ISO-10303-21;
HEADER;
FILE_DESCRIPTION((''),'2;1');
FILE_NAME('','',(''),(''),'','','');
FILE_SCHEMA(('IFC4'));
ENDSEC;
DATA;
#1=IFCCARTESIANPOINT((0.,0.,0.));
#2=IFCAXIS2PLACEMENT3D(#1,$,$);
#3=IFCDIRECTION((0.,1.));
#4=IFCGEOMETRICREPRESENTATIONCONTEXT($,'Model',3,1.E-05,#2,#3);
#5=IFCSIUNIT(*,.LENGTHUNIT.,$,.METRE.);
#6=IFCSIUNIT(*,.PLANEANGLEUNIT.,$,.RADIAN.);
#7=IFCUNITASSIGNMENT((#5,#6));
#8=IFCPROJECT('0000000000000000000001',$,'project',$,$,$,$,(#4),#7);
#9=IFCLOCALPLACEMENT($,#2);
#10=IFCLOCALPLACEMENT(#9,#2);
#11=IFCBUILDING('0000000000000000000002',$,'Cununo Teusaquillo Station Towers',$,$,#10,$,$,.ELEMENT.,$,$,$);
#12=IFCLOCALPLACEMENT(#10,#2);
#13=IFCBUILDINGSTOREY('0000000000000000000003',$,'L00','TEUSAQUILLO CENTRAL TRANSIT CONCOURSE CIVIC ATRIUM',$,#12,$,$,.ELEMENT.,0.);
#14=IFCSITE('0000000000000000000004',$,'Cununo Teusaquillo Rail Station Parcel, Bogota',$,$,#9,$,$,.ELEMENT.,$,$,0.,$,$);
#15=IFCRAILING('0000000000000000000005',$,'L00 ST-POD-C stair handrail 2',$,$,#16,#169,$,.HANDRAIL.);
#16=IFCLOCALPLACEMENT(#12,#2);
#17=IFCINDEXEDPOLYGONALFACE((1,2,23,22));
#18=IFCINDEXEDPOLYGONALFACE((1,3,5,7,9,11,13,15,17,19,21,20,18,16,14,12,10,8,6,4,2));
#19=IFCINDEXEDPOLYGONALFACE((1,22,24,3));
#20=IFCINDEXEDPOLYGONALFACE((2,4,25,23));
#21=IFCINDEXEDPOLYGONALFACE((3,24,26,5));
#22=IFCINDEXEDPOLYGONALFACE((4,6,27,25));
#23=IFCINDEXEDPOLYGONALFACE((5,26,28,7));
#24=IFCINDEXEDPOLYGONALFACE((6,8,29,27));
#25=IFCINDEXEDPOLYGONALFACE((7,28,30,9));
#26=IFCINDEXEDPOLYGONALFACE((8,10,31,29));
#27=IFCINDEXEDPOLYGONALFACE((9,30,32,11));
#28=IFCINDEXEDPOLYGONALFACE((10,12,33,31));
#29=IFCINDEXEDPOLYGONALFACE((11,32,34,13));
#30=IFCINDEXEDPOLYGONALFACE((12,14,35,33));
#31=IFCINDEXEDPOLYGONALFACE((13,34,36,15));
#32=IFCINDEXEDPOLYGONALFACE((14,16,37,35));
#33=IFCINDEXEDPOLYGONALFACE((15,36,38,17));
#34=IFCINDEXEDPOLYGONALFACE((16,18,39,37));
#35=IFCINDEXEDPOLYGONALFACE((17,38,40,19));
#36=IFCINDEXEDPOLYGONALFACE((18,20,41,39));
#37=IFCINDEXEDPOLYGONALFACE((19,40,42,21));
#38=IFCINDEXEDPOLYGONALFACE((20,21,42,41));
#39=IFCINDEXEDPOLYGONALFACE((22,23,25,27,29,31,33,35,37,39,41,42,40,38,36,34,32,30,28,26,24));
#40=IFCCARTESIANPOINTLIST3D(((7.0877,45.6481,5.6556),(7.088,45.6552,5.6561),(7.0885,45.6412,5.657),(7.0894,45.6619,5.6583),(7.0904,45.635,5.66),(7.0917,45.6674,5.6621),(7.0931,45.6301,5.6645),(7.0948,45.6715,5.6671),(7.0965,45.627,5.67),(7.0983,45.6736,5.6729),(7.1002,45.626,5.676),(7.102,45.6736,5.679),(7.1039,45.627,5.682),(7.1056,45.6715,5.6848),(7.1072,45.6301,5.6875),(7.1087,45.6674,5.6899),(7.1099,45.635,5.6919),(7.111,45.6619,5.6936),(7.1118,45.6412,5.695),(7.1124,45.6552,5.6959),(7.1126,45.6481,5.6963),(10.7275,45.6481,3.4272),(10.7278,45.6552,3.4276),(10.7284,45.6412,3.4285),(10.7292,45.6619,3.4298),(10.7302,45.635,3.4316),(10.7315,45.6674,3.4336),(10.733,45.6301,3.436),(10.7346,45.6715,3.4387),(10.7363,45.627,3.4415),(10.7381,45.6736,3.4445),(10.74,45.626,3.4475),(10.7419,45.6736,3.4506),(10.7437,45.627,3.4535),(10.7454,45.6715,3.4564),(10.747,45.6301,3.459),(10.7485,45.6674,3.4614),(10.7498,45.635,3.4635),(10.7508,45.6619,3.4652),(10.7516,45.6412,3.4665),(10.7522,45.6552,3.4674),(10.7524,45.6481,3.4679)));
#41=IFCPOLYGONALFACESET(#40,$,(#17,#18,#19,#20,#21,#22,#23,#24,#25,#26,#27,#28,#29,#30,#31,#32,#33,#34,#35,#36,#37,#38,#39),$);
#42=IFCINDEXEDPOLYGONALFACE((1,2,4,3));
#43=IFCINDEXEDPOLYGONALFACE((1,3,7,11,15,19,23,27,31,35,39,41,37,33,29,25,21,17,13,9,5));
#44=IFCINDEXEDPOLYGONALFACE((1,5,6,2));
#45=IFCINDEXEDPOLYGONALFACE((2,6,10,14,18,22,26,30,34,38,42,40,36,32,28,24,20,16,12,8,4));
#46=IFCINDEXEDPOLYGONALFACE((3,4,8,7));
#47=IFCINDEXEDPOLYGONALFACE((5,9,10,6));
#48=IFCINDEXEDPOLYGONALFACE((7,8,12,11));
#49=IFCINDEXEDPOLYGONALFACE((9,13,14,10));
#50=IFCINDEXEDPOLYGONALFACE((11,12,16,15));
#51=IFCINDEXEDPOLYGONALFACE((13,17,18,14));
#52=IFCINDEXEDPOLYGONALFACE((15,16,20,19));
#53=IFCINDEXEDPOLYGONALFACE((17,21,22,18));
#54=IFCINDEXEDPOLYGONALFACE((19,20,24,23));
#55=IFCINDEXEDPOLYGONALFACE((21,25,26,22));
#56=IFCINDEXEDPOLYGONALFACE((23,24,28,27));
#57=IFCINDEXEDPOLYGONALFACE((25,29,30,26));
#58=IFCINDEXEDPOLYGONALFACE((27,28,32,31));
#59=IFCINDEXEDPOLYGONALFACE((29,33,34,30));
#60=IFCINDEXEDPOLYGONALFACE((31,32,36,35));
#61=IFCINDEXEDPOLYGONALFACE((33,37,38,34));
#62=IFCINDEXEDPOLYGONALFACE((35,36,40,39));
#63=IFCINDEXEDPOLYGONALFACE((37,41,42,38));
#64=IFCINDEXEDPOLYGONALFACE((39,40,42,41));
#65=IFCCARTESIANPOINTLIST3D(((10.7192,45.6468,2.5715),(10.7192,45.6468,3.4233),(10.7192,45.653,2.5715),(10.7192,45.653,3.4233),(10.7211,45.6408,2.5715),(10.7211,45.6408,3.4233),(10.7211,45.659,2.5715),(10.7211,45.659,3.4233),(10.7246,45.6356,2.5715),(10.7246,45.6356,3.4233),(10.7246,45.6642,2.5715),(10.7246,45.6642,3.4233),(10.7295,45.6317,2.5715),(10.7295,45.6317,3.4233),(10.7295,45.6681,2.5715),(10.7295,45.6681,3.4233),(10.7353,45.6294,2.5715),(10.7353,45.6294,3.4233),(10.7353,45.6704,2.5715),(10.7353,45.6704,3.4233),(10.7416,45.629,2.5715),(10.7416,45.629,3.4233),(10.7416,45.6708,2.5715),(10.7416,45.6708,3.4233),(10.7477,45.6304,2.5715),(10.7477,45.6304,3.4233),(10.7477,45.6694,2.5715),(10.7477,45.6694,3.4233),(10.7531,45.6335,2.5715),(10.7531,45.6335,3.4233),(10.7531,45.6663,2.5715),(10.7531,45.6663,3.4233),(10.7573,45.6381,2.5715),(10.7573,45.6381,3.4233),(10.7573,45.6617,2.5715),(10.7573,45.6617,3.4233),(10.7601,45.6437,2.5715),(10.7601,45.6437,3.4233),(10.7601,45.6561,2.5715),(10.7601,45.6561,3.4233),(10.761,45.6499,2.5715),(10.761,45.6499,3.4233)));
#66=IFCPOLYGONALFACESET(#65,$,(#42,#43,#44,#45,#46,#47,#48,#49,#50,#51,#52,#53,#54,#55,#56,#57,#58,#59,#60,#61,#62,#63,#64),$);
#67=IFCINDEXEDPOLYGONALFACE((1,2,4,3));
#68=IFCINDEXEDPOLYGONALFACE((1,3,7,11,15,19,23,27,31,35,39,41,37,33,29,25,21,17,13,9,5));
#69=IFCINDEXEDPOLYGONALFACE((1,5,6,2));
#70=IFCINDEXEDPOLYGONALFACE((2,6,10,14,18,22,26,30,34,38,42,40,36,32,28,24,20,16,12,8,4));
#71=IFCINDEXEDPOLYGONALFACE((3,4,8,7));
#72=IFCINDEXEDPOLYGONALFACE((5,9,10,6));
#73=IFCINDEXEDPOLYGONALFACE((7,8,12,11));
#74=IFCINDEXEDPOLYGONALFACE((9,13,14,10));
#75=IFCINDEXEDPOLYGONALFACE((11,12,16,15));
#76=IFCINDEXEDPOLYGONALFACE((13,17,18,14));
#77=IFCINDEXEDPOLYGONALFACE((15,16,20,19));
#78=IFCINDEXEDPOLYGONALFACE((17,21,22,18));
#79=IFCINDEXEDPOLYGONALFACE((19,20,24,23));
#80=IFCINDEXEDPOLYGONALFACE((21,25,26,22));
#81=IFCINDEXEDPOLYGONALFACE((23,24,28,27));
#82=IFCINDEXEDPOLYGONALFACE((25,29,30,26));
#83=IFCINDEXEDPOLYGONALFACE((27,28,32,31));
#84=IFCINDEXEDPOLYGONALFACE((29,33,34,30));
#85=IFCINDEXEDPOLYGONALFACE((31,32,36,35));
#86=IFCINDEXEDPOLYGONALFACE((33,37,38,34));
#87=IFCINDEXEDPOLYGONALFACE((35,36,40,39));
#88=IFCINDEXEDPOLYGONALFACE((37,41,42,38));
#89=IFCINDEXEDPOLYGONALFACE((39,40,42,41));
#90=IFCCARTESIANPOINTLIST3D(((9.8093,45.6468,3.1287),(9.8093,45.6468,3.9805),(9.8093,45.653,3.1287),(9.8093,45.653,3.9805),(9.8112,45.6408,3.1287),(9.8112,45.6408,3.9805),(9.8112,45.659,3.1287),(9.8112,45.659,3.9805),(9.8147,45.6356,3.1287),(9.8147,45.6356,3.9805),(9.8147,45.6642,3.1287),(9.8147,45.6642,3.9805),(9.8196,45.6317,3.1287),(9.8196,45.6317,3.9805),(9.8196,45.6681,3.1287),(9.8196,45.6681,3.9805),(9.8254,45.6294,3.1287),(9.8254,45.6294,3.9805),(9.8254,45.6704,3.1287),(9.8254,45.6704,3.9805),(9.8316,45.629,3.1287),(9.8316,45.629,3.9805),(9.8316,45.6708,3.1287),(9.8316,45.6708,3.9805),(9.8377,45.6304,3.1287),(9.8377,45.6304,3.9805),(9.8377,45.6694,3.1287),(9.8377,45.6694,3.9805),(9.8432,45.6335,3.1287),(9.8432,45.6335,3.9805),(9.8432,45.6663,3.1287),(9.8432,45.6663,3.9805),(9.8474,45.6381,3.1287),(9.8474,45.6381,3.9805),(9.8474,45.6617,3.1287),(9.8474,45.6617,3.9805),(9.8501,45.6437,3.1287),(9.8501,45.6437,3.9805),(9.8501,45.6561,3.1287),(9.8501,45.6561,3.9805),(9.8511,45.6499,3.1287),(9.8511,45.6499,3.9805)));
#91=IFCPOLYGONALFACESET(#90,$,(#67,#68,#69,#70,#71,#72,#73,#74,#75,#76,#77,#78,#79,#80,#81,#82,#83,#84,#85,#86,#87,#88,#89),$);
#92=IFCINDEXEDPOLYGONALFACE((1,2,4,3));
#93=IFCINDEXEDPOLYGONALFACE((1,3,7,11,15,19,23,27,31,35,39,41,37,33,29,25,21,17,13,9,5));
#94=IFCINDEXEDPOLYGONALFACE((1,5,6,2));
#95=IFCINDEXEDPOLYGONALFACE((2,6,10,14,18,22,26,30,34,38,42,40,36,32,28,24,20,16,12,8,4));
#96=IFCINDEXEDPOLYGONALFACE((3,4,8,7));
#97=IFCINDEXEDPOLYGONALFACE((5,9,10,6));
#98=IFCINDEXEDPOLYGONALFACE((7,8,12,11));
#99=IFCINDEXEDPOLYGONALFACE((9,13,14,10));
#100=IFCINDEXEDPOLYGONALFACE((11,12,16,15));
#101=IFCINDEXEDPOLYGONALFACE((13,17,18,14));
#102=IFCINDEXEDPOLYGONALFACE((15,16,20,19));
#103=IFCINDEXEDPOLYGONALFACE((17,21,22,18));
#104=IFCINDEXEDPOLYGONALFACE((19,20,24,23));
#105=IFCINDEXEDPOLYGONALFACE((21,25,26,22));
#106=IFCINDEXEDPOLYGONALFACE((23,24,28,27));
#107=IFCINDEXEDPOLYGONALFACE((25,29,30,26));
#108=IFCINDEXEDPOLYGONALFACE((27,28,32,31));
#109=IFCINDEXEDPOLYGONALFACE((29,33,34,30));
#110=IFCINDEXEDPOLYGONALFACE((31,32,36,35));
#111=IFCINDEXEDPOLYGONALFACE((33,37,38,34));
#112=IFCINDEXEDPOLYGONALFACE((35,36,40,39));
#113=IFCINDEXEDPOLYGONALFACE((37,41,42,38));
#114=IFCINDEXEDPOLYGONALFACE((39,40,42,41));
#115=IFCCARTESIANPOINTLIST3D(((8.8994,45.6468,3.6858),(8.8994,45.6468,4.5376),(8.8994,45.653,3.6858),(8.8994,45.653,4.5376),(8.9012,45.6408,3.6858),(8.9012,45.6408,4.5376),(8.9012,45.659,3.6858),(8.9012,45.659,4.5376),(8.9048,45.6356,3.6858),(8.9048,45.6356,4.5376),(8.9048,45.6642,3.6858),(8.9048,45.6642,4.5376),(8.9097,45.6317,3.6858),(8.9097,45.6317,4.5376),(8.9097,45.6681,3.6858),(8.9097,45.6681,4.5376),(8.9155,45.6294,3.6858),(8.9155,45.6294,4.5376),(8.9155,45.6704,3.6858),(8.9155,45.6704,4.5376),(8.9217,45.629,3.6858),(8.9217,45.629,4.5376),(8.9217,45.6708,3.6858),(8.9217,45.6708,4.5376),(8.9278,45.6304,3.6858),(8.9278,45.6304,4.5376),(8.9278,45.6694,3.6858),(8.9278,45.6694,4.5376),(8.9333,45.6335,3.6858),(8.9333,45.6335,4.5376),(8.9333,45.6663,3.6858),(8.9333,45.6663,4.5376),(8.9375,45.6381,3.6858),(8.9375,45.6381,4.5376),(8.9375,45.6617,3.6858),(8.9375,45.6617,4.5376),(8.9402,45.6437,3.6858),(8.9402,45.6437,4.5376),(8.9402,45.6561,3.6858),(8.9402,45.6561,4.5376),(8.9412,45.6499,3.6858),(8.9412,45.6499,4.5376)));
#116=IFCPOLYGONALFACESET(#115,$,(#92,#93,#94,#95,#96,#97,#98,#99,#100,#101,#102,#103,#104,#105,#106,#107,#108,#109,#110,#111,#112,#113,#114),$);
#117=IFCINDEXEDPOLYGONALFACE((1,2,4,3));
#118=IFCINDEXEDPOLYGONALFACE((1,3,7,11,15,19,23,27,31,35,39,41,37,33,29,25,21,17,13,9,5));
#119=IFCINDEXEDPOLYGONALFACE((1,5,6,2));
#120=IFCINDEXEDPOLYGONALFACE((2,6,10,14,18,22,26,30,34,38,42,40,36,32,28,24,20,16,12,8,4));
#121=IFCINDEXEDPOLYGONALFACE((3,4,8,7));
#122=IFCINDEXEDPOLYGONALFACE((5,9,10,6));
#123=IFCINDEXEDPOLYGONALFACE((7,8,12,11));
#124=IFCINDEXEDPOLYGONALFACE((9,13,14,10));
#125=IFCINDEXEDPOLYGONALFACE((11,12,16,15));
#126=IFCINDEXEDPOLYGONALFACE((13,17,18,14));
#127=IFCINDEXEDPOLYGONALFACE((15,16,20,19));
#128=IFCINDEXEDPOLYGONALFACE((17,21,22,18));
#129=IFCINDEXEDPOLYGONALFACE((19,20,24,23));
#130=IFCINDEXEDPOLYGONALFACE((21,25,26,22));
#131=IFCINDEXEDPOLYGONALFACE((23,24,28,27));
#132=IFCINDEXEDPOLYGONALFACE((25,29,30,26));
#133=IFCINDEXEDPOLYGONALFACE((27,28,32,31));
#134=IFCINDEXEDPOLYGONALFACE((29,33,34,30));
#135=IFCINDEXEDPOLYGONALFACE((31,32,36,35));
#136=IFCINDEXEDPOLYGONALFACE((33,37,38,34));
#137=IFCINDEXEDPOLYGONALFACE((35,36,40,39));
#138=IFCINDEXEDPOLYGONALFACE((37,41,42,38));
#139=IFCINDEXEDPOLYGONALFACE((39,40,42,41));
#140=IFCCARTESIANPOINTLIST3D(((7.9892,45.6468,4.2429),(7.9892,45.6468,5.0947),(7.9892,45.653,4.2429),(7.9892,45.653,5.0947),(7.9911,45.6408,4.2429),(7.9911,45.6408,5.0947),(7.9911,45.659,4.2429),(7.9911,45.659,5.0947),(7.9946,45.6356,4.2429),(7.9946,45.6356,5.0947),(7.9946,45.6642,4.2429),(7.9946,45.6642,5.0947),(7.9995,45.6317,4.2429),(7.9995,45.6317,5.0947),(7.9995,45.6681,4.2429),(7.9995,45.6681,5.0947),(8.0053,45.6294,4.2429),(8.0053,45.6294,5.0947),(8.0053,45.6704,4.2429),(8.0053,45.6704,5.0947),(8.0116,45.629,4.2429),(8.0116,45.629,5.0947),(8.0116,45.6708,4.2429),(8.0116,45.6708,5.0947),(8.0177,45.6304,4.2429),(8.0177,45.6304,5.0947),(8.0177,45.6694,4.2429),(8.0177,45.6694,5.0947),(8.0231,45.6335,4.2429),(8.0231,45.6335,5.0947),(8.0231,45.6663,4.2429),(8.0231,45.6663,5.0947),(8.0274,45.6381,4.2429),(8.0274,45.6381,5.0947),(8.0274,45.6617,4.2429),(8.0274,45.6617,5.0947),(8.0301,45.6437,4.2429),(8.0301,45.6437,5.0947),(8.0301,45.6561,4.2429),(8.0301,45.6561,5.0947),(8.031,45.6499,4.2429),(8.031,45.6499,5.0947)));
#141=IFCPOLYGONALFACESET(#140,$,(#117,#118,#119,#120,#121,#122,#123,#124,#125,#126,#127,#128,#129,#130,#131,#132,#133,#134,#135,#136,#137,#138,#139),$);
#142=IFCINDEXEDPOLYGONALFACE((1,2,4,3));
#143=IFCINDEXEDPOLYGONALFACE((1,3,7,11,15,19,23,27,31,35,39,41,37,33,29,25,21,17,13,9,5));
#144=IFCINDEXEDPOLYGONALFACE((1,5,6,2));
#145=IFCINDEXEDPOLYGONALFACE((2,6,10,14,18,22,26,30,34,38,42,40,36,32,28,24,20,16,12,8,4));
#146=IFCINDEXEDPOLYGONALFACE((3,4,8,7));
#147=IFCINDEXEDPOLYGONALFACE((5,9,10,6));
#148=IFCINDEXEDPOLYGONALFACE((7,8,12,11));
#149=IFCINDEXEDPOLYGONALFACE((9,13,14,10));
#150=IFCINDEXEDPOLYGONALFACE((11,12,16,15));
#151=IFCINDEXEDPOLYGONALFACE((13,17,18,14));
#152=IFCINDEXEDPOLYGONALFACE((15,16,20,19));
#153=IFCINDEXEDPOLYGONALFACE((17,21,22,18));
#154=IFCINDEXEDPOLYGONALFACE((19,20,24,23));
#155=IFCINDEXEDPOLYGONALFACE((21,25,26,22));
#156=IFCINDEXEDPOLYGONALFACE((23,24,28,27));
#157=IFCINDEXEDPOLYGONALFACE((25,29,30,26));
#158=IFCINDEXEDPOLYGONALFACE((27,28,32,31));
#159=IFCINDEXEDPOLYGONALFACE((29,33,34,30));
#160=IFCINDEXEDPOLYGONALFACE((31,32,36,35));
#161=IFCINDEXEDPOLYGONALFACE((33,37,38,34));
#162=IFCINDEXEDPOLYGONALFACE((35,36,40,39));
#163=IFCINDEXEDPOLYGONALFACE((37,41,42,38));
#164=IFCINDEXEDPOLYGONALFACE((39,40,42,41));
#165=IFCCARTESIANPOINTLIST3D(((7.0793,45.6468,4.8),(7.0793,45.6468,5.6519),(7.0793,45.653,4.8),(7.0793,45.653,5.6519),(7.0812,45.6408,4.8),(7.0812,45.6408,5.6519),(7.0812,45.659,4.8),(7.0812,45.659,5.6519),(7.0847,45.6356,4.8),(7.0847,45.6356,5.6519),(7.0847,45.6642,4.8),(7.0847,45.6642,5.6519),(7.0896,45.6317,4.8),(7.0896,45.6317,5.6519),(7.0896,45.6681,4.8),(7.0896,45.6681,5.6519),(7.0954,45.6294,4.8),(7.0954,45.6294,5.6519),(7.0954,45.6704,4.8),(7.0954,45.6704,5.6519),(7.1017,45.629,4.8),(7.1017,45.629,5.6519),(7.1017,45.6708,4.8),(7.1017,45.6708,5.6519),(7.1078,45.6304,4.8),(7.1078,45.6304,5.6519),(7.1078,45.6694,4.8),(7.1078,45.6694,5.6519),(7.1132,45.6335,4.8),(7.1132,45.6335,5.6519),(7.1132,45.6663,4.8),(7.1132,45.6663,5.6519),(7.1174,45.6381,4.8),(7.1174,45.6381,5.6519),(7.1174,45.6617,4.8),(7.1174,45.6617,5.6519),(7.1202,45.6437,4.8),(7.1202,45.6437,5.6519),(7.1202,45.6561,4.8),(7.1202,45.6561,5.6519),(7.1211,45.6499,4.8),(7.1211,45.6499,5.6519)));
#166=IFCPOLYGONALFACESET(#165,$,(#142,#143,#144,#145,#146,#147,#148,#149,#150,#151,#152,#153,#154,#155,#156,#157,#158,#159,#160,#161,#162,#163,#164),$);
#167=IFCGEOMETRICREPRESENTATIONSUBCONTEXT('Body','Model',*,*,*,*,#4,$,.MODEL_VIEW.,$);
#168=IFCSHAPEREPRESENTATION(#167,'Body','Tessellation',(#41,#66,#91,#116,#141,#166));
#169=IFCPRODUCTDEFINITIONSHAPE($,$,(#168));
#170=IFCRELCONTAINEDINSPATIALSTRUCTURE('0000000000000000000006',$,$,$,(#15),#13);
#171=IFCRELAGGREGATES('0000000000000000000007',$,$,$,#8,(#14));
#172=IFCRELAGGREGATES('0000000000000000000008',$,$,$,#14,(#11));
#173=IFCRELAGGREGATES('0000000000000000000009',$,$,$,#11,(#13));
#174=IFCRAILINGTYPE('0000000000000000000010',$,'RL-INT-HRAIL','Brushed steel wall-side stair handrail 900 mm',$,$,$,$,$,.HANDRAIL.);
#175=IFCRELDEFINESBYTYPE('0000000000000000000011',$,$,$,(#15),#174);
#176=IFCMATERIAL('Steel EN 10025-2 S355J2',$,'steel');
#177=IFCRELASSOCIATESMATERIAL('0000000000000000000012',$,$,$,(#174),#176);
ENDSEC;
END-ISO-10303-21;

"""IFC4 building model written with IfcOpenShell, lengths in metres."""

from ifc_helpers import new_model, si_unit, direction, frame, origin, origin_2d, place, context, subcontext, project, spatial, circle, extrude, material, type_object, element, save


model = new_model("IFC4")

# Units and contexts
model_context = context("Model", 3, precision=1e-05, world=origin(), true_north=direction((0.0, 1.0)))
body_context = subcontext(model_context, "Body", "Model", "MODEL_VIEW")
ifc_project = project(units=[si_unit("LENGTHUNIT", "METRE"), si_unit("PLANEANGLEUNIT", "RADIAN")], contexts=[model_context])

# Site, building, storey
site_placement = place(None, origin())
site = spatial("IfcSite", under=ifc_project, at=site_placement, Name="Cununo Teusaquillo Rail Station Parcel, Bogota", CompositionType="ELEMENT", RefElevation=0.0)
building_placement = place(site_placement, origin())
building = spatial("IfcBuilding", under=site, at=building_placement, Name="Cununo Teusaquillo Station Towers", CompositionType="ELEMENT")
storey_placement = place(building_placement, origin())
storey = spatial("IfcBuildingStorey", under=building, at=storey_placement, Name="L00", Description="TEUSAQUILLO CENTRAL TRANSIT CONCOURSE CIVIC ATRIUM", CompositionType="ELEMENT", Elevation=0.0)

# Railing
ifc_material_1 = material(Name="Steel EN 10025-2 S355J2", Category="steel")
railing_type_1 = type_object("IfcRailingType", Name="RL-INT-HRAIL", Description="Brushed steel wall-side stair handrail 900 mm", PredefinedType="HANDRAIL", material=ifc_material_1)
railing_1_placement = place(storey_placement, frame((10.74, 45.6499, 2.5715)))
element("IfcRailing", 1, at=railing_1_placement, inside=storey, type_object=railing_type_1, Name="L00 ST-POD-C stair handrail 2", PredefinedType="HANDRAIL", context=body_context, shape_type="SweptSolid", body=[
    extrude(circle(Radius=0.0239, at=origin_2d()), frame((0.0, 0.0, 0.876), z_axis=(-0.85285, 0.0, 0.522156), x_axis=(0.0, -1.0, 0.0)), (0.0, 0.0, 1.0), 4.2678),
    extrude(circle(Radius=0.021, at=origin_2d()), origin(), (0.0, 0.0, 1.0), 0.8518),
    extrude(circle(Radius=0.021, at=origin_2d()), frame((-0.9099, 0.0, 0.5571)), (0.0, 0.0, 1.0), 0.8518),
    extrude(circle(Radius=0.021, at=origin_2d()), frame((-1.8198, 0.0, 1.1143)), (0.0, 0.0, 1.0), 0.8518),
    extrude(circle(Radius=0.021, at=origin_2d()), frame((-2.73, 0.0, 1.6714)), (0.0, 0.0, 1.0), 0.8518),
    extrude(circle(Radius=0.021, at=origin_2d()), frame((-3.6399, 0.0, 2.2285)), (0.0, 0.0, 1.0), 0.8518),
])

save(model, "model.ifc")
